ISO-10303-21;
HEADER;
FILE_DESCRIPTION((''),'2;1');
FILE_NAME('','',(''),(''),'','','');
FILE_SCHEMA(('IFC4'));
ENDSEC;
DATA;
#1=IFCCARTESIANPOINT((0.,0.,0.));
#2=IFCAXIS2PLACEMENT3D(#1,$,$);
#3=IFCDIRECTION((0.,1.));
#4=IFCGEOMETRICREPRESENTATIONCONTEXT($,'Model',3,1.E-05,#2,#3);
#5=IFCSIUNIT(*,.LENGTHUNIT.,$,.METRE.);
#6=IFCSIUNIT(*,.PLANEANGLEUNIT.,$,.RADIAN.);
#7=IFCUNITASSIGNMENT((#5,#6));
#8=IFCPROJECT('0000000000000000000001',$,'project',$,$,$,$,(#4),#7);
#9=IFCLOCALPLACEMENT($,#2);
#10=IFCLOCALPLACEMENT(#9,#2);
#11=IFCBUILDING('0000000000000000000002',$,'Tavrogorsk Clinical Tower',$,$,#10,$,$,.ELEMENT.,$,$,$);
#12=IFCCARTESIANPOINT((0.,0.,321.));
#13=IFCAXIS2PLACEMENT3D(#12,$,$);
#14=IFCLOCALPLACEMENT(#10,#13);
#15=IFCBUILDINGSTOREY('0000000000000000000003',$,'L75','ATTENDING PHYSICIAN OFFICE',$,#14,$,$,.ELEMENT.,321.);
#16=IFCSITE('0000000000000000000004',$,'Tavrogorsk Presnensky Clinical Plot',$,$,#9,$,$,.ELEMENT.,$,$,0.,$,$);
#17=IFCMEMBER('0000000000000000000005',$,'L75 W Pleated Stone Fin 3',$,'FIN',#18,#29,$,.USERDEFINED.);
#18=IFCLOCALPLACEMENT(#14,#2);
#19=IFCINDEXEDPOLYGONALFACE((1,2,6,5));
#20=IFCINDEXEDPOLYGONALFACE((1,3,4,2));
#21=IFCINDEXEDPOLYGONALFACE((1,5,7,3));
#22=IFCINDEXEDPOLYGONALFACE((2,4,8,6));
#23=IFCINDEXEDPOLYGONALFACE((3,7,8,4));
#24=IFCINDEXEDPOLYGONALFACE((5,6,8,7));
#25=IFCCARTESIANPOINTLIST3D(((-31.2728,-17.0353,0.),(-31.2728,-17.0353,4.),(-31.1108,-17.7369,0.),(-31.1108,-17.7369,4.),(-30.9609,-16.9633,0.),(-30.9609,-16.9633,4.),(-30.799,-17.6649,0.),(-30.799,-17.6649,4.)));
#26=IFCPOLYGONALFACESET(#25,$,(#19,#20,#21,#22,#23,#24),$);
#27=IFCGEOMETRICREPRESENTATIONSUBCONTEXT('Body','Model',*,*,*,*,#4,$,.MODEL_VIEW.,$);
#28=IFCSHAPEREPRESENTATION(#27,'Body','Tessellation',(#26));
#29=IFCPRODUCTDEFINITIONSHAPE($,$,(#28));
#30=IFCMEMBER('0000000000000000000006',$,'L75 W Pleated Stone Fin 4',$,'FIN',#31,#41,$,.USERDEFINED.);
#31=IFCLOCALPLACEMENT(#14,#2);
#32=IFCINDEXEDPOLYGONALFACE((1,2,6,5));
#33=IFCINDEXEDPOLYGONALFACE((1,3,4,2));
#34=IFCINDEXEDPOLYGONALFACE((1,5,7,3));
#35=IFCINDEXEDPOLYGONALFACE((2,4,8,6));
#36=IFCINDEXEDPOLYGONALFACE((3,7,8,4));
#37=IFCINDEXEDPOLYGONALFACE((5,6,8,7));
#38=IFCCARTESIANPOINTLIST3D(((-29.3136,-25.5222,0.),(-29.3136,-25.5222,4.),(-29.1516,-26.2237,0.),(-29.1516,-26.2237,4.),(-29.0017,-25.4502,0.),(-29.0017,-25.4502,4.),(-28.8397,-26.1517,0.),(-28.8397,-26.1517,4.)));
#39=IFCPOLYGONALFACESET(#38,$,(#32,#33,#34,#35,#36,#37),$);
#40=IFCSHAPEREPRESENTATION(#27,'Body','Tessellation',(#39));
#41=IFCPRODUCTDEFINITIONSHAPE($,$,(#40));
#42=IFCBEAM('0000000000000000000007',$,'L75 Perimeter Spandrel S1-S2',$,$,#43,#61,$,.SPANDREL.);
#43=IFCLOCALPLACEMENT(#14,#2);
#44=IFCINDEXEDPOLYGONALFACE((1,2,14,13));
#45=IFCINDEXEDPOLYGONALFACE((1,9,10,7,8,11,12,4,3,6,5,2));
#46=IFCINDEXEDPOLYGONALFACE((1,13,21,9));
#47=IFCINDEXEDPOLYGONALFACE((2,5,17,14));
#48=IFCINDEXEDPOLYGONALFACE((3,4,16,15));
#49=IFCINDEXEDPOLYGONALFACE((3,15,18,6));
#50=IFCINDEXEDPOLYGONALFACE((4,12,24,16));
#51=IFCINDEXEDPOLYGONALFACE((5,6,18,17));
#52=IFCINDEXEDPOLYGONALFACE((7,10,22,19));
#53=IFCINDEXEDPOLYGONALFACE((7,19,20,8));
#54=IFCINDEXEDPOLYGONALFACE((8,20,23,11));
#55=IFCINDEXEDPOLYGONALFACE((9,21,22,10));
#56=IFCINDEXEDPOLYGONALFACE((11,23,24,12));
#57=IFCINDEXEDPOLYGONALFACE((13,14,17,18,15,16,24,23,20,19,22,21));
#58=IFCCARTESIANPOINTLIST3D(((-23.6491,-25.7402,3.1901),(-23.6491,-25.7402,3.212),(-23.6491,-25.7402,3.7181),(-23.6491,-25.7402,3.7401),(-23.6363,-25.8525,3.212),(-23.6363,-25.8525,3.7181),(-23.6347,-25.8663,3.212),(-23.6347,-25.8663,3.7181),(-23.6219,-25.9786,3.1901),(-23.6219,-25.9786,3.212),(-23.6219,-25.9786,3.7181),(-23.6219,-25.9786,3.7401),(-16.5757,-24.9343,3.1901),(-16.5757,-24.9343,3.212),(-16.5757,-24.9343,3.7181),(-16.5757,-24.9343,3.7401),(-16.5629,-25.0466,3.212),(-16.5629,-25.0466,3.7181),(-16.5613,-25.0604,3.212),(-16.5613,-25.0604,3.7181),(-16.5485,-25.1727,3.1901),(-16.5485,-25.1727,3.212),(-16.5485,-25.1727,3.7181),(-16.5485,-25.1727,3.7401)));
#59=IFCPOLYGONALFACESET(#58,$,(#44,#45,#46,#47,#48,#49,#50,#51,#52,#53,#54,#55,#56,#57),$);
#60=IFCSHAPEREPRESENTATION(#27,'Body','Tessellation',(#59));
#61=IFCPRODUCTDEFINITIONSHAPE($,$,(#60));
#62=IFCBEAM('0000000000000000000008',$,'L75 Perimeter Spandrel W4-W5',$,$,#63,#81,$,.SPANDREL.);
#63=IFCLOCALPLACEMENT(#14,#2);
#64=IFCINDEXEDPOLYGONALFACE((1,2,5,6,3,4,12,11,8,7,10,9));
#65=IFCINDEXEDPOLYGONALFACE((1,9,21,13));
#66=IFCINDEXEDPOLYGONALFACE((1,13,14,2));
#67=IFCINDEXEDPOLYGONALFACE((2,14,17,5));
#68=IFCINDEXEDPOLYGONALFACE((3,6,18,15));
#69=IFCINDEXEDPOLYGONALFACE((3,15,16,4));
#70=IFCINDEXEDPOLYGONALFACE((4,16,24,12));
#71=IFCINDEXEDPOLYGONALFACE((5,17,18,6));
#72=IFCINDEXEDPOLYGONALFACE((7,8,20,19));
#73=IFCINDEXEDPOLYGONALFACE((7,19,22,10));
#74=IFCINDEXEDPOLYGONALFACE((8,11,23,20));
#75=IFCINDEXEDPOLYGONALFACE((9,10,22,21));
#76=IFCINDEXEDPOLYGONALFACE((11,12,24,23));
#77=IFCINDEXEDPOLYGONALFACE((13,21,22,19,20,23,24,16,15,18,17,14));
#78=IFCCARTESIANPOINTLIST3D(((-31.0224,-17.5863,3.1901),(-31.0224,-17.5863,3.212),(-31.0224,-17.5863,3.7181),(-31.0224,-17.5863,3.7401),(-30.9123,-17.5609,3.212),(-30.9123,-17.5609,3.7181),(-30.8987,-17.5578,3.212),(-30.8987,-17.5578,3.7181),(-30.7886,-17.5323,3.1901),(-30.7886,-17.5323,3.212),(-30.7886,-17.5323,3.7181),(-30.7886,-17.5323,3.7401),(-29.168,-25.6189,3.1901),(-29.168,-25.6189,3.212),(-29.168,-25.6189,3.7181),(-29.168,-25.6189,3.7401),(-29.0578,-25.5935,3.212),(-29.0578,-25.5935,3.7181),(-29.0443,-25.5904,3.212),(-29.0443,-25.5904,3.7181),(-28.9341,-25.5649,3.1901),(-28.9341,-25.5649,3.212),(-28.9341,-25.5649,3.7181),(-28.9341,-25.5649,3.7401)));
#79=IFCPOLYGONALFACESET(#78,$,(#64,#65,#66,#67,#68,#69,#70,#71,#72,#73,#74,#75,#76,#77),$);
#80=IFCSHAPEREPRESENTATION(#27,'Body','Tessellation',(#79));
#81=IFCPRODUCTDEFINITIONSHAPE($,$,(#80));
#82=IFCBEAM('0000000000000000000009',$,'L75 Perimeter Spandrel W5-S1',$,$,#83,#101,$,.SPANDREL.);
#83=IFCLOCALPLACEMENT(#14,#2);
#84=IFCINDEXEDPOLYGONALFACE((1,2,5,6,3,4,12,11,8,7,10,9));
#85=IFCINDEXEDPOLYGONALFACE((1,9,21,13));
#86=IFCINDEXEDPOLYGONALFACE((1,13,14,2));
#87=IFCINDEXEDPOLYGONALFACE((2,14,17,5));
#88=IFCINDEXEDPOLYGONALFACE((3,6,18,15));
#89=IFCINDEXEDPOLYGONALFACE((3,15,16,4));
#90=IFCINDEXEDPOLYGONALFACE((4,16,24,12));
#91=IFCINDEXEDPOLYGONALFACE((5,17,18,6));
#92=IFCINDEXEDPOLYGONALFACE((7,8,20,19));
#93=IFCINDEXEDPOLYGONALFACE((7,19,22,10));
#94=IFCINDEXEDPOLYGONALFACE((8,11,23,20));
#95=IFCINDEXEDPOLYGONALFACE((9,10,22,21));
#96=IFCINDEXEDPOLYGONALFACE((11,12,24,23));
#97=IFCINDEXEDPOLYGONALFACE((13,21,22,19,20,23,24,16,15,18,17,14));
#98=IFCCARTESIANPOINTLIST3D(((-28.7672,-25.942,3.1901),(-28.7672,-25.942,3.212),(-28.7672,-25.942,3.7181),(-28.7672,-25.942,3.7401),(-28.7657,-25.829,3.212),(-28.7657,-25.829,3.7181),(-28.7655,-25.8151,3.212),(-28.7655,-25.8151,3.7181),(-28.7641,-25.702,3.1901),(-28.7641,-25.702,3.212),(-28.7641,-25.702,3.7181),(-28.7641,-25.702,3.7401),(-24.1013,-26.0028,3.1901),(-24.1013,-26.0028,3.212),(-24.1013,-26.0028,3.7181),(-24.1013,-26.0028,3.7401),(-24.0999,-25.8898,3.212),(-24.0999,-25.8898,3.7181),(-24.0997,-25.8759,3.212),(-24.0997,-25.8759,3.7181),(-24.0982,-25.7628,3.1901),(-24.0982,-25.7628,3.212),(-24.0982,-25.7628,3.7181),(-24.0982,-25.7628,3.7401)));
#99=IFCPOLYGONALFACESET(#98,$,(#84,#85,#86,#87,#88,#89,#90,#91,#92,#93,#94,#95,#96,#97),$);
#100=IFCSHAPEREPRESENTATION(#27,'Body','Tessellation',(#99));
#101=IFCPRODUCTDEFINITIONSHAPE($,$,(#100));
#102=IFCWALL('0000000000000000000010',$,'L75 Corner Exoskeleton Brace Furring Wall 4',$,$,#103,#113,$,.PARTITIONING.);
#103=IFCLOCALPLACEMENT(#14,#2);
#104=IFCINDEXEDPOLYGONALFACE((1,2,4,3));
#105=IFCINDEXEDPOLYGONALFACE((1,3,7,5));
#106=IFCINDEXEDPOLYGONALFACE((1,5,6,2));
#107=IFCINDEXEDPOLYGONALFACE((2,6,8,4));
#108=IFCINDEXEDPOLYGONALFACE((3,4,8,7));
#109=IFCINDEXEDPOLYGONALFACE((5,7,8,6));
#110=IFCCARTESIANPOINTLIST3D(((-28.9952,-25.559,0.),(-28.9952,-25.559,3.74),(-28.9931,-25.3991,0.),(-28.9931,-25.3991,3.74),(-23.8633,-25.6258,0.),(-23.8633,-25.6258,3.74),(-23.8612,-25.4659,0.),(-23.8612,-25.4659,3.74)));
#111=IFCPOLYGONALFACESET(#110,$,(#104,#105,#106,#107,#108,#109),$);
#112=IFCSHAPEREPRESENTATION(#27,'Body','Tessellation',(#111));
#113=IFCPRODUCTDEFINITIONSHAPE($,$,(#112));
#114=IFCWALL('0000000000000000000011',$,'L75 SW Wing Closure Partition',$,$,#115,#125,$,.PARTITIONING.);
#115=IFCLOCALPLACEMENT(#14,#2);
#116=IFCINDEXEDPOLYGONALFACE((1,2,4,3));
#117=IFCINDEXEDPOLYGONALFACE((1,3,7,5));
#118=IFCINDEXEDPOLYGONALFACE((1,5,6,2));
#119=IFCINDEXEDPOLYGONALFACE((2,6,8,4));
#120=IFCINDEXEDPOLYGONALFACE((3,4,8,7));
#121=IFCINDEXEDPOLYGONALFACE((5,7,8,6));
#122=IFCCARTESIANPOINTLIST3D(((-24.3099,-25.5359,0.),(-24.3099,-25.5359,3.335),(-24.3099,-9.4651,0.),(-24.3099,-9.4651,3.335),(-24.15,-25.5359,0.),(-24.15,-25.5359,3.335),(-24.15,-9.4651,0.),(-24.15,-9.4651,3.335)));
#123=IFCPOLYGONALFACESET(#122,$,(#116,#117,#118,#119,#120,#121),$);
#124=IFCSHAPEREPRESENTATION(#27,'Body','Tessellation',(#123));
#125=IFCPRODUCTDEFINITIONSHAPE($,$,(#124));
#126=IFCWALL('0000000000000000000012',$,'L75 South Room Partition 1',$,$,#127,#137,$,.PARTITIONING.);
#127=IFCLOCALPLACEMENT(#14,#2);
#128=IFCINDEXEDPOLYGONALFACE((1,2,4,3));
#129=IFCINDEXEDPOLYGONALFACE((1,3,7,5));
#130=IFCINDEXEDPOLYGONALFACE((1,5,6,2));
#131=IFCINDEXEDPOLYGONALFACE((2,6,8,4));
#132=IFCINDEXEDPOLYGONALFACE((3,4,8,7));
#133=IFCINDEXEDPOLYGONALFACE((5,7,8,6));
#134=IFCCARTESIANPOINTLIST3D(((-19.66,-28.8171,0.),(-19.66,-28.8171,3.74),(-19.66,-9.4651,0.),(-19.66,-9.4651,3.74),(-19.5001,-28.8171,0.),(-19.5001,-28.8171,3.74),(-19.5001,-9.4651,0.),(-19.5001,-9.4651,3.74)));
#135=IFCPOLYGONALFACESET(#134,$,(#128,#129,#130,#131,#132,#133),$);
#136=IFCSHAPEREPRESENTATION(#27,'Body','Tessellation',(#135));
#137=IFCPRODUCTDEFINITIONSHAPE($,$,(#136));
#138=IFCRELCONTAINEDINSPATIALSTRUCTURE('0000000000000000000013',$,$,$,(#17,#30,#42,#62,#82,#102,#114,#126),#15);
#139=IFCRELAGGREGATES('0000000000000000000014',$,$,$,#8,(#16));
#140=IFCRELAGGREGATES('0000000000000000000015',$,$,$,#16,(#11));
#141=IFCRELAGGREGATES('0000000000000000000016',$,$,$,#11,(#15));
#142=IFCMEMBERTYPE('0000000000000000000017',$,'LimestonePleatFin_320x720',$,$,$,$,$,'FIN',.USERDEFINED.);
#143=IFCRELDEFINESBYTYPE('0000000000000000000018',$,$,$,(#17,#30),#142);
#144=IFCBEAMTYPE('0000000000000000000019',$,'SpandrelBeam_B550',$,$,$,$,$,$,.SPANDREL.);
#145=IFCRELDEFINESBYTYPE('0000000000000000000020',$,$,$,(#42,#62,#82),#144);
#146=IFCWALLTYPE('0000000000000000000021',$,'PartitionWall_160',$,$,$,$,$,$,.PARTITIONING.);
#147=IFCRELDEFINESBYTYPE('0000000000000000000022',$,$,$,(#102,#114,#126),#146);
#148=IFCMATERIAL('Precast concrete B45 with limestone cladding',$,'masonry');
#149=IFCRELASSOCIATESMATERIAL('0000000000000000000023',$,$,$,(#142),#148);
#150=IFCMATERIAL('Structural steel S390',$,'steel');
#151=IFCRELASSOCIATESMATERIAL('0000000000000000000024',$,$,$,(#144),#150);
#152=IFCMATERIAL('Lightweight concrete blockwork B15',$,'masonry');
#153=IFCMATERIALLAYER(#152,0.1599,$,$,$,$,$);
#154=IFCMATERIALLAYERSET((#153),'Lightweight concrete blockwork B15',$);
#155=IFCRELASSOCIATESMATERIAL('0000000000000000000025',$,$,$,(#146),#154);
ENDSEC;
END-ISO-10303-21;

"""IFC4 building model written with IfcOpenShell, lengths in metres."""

from ifc_helpers import new_model, si_unit, direction, frame, frame_2d, origin, origin_2d, place, context, subcontext, project, spatial, rectangle, i_section, extrude, material, layer, layer_set, material_profile, profile_set, type_object, element, save


model = new_model("IFC4")

# Units and contexts
model_context = context("Model", 3, precision=1e-05, world=origin(), true_north=direction((0.0, 1.0)))
body_context = subcontext(model_context, "Body", "Model", "MODEL_VIEW")
ifc_project = project(units=[si_unit("LENGTHUNIT", "METRE"), si_unit("PLANEANGLEUNIT", "RADIAN")], contexts=[model_context])

# Site, building, storey
site_placement = place(None, origin())
site = spatial("IfcSite", under=ifc_project, at=site_placement, Name="Tavrogorsk Presnensky Clinical Plot", CompositionType="ELEMENT", RefElevation=0.0)
building_placement = place(site_placement, origin())
building = spatial("IfcBuilding", under=site, at=building_placement, Name="Tavrogorsk Clinical Tower", CompositionType="ELEMENT")
storey_placement = place(building_placement, frame((0.0, 0.0, 321.0)))
storey = spatial("IfcBuildingStorey", under=building, at=storey_placement, Name="L75", Description="ATTENDING PHYSICIAN OFFICE", CompositionType="ELEMENT", Elevation=321.0)

# Members
ifc_material_1 = material(Name="Precast concrete B45 with limestone cladding", Category="masonry")
ifc_material_profile_1 = material_profile(ifc_material_1, rectangle(XDim=0.3201, YDim=0.72, at=origin_2d()), Name="LIMESTONE-FIN-320x720")
ifc_profile_set_1 = profile_set([ifc_material_profile_1], Name="Precast concrete B45 with limestone cladding")
member_type_1 = type_object("IfcMemberType", Name="LimestonePleatFin_320x720", ElementType="FIN", PredefinedType="USERDEFINED", material=ifc_profile_set_1)
for number, where, z_axis, x_axis, name in (
    (1, (-31.0359, -17.3501, 0.0), (0.0, 0.0, 1.0), (0.97437, 0.224951, 0.0), "L75 W Pleated Stone Fin 3"),
    (2, (-29.0767, -25.8369, 0.0), (0.0, 0.0, 1.0), (0.97437, 0.224951, 0.0), "L75 W Pleated Stone Fin 4"),
):
    element("IfcMember", number, at=place(storey_placement, frame(where, z_axis=z_axis, x_axis=x_axis)), inside=storey, type_object=member_type_1, Name=name, ObjectType="FIN", PredefinedType="USERDEFINED", context=body_context, shape_type="SweptSolid", body=[
        extrude(rectangle(XDim=0.3201, YDim=0.72, at=origin_2d()), origin(), (0.0, 0.0, 1.0), 4.0),
    ])

# Beams
ifc_material_2 = material(Name="Structural steel S390", Category="steel")
ifc_material_profile_2 = material_profile(ifc_material_2, i_section(OverallWidth=0.24, OverallDepth=0.55, WebThickness=0.0139, FlangeThickness=0.022, at=origin_2d()), Name="B-550x240x14x22")
ifc_profile_set_2 = profile_set([ifc_material_profile_2], Name="Structural steel S390")
beam_type_1 = type_object("IfcBeamType", Name="SpandrelBeam_B550", PredefinedType="SPANDREL", material=ifc_profile_set_2)
beam_1_placement = place(storey_placement, frame((-23.6355, -25.8594, 3.4651), z_axis=(0.993572, 0.113201, 0.0), x_axis=(-0.113201, 0.993572, 0.0)))
element("IfcBeam", 3, at=beam_1_placement, inside=storey, type_object=beam_type_1, Name="L75 Perimeter Spandrel S1-S2", PredefinedType="SPANDREL", context=body_context, shape_type="SweptSolid", body=[
    extrude(i_section(OverallWidth=0.24, OverallDepth=0.55, WebThickness=0.0139, FlangeThickness=0.022, at=origin_2d()), origin(), (0.0, 0.0, 1.0), 7.1191),
])
beam_2_placement = place(storey_placement, frame((-30.9055, -17.5593, 3.4651), z_axis=(0.22495, -0.97437, 0.0), x_axis=(0.97437, 0.22495, 0.0)))
element("IfcBeam", 4, at=beam_2_placement, inside=storey, type_object=beam_type_1, Name="L75 Perimeter Spandrel W4-W5", PredefinedType="SPANDREL", context=body_context, shape_type="SweptSolid", body=[
    extrude(i_section(OverallWidth=0.24, OverallDepth=0.55, WebThickness=0.0139, FlangeThickness=0.022, at=origin_2d()), origin(), (0.0, 0.0, 1.0), 8.2439),
])
beam_3_placement = place(storey_placement, frame((-28.7656, -25.822, 3.4651), z_axis=(0.999915, -0.013028, 0.0), x_axis=(0.013028, 0.999915, 0.0)))
element("IfcBeam", 5, at=beam_3_placement, inside=storey, type_object=beam_type_1, Name="L75 Perimeter Spandrel W5-S1", PredefinedType="SPANDREL", context=body_context, shape_type="SweptSolid", body=[
    extrude(i_section(OverallWidth=0.24, OverallDepth=0.55, WebThickness=0.0139, FlangeThickness=0.022, at=origin_2d()), origin(), (0.0, 0.0, 1.0), 4.6663),
])

# Walls
ifc_material_3 = material(Name="Lightweight concrete blockwork B15", Category="masonry")
ifc_layer_1 = layer(ifc_material_3, 0.1599)
ifc_layer_set_1 = layer_set([ifc_layer_1], Name="Lightweight concrete blockwork B15")
wall_type_1 = type_object("IfcWallType", Name="PartitionWall_160", PredefinedType="PARTITIONING", material=ifc_layer_set_1)
wall_1_placement = place(storey_placement, frame((-28.9941, -25.479, 0.0), z_axis=(0.0, 0.0, 1.0), x_axis=(0.999915, -0.013034, 0.0)))
element("IfcWall", 6, at=wall_1_placement, inside=storey, type_object=wall_type_1, Name="L75 Corner Exoskeleton Brace Furring Wall 4", PredefinedType="PARTITIONING", context=body_context, shape_type="SweptSolid", body=[
    extrude(rectangle(XDim=5.1323, YDim=0.1599, at=frame_2d((2.5662, 0.0))), origin(), (0.0, 0.0, 1.0), 3.74),
])
wall_2_placement = place(storey_placement, frame((-24.23, -25.5359, 0.0), z_axis=(0.0, 0.0, 1.0), x_axis=(0.0, 1.0, 0.0)))
element("IfcWall", 7, at=wall_2_placement, inside=storey, type_object=wall_type_1, Name="L75 SW Wing Closure Partition", PredefinedType="PARTITIONING", context=body_context, shape_type="SweptSolid", body=[
    extrude(rectangle(XDim=16.0708, YDim=0.1599, at=frame_2d((8.0354, 0.0))), origin(), (0.0, 0.0, 1.0), 3.335),
])
wall_3_placement = place(storey_placement, frame((-19.5801, -28.8171, 0.0), z_axis=(0.0, 0.0, 1.0), x_axis=(0.0, 1.0, 0.0)))
element("IfcWall", 8, at=wall_3_placement, inside=storey, type_object=wall_type_1, Name="L75 South Room Partition 1", PredefinedType="PARTITIONING", context=body_context, shape_type="SweptSolid", body=[
    extrude(rectangle(XDim=19.3521, YDim=0.1599, at=frame_2d((9.676, 0.0))), origin(), (0.0, 0.0, 1.0), 3.74),
])

save(model, "model.ifc")
